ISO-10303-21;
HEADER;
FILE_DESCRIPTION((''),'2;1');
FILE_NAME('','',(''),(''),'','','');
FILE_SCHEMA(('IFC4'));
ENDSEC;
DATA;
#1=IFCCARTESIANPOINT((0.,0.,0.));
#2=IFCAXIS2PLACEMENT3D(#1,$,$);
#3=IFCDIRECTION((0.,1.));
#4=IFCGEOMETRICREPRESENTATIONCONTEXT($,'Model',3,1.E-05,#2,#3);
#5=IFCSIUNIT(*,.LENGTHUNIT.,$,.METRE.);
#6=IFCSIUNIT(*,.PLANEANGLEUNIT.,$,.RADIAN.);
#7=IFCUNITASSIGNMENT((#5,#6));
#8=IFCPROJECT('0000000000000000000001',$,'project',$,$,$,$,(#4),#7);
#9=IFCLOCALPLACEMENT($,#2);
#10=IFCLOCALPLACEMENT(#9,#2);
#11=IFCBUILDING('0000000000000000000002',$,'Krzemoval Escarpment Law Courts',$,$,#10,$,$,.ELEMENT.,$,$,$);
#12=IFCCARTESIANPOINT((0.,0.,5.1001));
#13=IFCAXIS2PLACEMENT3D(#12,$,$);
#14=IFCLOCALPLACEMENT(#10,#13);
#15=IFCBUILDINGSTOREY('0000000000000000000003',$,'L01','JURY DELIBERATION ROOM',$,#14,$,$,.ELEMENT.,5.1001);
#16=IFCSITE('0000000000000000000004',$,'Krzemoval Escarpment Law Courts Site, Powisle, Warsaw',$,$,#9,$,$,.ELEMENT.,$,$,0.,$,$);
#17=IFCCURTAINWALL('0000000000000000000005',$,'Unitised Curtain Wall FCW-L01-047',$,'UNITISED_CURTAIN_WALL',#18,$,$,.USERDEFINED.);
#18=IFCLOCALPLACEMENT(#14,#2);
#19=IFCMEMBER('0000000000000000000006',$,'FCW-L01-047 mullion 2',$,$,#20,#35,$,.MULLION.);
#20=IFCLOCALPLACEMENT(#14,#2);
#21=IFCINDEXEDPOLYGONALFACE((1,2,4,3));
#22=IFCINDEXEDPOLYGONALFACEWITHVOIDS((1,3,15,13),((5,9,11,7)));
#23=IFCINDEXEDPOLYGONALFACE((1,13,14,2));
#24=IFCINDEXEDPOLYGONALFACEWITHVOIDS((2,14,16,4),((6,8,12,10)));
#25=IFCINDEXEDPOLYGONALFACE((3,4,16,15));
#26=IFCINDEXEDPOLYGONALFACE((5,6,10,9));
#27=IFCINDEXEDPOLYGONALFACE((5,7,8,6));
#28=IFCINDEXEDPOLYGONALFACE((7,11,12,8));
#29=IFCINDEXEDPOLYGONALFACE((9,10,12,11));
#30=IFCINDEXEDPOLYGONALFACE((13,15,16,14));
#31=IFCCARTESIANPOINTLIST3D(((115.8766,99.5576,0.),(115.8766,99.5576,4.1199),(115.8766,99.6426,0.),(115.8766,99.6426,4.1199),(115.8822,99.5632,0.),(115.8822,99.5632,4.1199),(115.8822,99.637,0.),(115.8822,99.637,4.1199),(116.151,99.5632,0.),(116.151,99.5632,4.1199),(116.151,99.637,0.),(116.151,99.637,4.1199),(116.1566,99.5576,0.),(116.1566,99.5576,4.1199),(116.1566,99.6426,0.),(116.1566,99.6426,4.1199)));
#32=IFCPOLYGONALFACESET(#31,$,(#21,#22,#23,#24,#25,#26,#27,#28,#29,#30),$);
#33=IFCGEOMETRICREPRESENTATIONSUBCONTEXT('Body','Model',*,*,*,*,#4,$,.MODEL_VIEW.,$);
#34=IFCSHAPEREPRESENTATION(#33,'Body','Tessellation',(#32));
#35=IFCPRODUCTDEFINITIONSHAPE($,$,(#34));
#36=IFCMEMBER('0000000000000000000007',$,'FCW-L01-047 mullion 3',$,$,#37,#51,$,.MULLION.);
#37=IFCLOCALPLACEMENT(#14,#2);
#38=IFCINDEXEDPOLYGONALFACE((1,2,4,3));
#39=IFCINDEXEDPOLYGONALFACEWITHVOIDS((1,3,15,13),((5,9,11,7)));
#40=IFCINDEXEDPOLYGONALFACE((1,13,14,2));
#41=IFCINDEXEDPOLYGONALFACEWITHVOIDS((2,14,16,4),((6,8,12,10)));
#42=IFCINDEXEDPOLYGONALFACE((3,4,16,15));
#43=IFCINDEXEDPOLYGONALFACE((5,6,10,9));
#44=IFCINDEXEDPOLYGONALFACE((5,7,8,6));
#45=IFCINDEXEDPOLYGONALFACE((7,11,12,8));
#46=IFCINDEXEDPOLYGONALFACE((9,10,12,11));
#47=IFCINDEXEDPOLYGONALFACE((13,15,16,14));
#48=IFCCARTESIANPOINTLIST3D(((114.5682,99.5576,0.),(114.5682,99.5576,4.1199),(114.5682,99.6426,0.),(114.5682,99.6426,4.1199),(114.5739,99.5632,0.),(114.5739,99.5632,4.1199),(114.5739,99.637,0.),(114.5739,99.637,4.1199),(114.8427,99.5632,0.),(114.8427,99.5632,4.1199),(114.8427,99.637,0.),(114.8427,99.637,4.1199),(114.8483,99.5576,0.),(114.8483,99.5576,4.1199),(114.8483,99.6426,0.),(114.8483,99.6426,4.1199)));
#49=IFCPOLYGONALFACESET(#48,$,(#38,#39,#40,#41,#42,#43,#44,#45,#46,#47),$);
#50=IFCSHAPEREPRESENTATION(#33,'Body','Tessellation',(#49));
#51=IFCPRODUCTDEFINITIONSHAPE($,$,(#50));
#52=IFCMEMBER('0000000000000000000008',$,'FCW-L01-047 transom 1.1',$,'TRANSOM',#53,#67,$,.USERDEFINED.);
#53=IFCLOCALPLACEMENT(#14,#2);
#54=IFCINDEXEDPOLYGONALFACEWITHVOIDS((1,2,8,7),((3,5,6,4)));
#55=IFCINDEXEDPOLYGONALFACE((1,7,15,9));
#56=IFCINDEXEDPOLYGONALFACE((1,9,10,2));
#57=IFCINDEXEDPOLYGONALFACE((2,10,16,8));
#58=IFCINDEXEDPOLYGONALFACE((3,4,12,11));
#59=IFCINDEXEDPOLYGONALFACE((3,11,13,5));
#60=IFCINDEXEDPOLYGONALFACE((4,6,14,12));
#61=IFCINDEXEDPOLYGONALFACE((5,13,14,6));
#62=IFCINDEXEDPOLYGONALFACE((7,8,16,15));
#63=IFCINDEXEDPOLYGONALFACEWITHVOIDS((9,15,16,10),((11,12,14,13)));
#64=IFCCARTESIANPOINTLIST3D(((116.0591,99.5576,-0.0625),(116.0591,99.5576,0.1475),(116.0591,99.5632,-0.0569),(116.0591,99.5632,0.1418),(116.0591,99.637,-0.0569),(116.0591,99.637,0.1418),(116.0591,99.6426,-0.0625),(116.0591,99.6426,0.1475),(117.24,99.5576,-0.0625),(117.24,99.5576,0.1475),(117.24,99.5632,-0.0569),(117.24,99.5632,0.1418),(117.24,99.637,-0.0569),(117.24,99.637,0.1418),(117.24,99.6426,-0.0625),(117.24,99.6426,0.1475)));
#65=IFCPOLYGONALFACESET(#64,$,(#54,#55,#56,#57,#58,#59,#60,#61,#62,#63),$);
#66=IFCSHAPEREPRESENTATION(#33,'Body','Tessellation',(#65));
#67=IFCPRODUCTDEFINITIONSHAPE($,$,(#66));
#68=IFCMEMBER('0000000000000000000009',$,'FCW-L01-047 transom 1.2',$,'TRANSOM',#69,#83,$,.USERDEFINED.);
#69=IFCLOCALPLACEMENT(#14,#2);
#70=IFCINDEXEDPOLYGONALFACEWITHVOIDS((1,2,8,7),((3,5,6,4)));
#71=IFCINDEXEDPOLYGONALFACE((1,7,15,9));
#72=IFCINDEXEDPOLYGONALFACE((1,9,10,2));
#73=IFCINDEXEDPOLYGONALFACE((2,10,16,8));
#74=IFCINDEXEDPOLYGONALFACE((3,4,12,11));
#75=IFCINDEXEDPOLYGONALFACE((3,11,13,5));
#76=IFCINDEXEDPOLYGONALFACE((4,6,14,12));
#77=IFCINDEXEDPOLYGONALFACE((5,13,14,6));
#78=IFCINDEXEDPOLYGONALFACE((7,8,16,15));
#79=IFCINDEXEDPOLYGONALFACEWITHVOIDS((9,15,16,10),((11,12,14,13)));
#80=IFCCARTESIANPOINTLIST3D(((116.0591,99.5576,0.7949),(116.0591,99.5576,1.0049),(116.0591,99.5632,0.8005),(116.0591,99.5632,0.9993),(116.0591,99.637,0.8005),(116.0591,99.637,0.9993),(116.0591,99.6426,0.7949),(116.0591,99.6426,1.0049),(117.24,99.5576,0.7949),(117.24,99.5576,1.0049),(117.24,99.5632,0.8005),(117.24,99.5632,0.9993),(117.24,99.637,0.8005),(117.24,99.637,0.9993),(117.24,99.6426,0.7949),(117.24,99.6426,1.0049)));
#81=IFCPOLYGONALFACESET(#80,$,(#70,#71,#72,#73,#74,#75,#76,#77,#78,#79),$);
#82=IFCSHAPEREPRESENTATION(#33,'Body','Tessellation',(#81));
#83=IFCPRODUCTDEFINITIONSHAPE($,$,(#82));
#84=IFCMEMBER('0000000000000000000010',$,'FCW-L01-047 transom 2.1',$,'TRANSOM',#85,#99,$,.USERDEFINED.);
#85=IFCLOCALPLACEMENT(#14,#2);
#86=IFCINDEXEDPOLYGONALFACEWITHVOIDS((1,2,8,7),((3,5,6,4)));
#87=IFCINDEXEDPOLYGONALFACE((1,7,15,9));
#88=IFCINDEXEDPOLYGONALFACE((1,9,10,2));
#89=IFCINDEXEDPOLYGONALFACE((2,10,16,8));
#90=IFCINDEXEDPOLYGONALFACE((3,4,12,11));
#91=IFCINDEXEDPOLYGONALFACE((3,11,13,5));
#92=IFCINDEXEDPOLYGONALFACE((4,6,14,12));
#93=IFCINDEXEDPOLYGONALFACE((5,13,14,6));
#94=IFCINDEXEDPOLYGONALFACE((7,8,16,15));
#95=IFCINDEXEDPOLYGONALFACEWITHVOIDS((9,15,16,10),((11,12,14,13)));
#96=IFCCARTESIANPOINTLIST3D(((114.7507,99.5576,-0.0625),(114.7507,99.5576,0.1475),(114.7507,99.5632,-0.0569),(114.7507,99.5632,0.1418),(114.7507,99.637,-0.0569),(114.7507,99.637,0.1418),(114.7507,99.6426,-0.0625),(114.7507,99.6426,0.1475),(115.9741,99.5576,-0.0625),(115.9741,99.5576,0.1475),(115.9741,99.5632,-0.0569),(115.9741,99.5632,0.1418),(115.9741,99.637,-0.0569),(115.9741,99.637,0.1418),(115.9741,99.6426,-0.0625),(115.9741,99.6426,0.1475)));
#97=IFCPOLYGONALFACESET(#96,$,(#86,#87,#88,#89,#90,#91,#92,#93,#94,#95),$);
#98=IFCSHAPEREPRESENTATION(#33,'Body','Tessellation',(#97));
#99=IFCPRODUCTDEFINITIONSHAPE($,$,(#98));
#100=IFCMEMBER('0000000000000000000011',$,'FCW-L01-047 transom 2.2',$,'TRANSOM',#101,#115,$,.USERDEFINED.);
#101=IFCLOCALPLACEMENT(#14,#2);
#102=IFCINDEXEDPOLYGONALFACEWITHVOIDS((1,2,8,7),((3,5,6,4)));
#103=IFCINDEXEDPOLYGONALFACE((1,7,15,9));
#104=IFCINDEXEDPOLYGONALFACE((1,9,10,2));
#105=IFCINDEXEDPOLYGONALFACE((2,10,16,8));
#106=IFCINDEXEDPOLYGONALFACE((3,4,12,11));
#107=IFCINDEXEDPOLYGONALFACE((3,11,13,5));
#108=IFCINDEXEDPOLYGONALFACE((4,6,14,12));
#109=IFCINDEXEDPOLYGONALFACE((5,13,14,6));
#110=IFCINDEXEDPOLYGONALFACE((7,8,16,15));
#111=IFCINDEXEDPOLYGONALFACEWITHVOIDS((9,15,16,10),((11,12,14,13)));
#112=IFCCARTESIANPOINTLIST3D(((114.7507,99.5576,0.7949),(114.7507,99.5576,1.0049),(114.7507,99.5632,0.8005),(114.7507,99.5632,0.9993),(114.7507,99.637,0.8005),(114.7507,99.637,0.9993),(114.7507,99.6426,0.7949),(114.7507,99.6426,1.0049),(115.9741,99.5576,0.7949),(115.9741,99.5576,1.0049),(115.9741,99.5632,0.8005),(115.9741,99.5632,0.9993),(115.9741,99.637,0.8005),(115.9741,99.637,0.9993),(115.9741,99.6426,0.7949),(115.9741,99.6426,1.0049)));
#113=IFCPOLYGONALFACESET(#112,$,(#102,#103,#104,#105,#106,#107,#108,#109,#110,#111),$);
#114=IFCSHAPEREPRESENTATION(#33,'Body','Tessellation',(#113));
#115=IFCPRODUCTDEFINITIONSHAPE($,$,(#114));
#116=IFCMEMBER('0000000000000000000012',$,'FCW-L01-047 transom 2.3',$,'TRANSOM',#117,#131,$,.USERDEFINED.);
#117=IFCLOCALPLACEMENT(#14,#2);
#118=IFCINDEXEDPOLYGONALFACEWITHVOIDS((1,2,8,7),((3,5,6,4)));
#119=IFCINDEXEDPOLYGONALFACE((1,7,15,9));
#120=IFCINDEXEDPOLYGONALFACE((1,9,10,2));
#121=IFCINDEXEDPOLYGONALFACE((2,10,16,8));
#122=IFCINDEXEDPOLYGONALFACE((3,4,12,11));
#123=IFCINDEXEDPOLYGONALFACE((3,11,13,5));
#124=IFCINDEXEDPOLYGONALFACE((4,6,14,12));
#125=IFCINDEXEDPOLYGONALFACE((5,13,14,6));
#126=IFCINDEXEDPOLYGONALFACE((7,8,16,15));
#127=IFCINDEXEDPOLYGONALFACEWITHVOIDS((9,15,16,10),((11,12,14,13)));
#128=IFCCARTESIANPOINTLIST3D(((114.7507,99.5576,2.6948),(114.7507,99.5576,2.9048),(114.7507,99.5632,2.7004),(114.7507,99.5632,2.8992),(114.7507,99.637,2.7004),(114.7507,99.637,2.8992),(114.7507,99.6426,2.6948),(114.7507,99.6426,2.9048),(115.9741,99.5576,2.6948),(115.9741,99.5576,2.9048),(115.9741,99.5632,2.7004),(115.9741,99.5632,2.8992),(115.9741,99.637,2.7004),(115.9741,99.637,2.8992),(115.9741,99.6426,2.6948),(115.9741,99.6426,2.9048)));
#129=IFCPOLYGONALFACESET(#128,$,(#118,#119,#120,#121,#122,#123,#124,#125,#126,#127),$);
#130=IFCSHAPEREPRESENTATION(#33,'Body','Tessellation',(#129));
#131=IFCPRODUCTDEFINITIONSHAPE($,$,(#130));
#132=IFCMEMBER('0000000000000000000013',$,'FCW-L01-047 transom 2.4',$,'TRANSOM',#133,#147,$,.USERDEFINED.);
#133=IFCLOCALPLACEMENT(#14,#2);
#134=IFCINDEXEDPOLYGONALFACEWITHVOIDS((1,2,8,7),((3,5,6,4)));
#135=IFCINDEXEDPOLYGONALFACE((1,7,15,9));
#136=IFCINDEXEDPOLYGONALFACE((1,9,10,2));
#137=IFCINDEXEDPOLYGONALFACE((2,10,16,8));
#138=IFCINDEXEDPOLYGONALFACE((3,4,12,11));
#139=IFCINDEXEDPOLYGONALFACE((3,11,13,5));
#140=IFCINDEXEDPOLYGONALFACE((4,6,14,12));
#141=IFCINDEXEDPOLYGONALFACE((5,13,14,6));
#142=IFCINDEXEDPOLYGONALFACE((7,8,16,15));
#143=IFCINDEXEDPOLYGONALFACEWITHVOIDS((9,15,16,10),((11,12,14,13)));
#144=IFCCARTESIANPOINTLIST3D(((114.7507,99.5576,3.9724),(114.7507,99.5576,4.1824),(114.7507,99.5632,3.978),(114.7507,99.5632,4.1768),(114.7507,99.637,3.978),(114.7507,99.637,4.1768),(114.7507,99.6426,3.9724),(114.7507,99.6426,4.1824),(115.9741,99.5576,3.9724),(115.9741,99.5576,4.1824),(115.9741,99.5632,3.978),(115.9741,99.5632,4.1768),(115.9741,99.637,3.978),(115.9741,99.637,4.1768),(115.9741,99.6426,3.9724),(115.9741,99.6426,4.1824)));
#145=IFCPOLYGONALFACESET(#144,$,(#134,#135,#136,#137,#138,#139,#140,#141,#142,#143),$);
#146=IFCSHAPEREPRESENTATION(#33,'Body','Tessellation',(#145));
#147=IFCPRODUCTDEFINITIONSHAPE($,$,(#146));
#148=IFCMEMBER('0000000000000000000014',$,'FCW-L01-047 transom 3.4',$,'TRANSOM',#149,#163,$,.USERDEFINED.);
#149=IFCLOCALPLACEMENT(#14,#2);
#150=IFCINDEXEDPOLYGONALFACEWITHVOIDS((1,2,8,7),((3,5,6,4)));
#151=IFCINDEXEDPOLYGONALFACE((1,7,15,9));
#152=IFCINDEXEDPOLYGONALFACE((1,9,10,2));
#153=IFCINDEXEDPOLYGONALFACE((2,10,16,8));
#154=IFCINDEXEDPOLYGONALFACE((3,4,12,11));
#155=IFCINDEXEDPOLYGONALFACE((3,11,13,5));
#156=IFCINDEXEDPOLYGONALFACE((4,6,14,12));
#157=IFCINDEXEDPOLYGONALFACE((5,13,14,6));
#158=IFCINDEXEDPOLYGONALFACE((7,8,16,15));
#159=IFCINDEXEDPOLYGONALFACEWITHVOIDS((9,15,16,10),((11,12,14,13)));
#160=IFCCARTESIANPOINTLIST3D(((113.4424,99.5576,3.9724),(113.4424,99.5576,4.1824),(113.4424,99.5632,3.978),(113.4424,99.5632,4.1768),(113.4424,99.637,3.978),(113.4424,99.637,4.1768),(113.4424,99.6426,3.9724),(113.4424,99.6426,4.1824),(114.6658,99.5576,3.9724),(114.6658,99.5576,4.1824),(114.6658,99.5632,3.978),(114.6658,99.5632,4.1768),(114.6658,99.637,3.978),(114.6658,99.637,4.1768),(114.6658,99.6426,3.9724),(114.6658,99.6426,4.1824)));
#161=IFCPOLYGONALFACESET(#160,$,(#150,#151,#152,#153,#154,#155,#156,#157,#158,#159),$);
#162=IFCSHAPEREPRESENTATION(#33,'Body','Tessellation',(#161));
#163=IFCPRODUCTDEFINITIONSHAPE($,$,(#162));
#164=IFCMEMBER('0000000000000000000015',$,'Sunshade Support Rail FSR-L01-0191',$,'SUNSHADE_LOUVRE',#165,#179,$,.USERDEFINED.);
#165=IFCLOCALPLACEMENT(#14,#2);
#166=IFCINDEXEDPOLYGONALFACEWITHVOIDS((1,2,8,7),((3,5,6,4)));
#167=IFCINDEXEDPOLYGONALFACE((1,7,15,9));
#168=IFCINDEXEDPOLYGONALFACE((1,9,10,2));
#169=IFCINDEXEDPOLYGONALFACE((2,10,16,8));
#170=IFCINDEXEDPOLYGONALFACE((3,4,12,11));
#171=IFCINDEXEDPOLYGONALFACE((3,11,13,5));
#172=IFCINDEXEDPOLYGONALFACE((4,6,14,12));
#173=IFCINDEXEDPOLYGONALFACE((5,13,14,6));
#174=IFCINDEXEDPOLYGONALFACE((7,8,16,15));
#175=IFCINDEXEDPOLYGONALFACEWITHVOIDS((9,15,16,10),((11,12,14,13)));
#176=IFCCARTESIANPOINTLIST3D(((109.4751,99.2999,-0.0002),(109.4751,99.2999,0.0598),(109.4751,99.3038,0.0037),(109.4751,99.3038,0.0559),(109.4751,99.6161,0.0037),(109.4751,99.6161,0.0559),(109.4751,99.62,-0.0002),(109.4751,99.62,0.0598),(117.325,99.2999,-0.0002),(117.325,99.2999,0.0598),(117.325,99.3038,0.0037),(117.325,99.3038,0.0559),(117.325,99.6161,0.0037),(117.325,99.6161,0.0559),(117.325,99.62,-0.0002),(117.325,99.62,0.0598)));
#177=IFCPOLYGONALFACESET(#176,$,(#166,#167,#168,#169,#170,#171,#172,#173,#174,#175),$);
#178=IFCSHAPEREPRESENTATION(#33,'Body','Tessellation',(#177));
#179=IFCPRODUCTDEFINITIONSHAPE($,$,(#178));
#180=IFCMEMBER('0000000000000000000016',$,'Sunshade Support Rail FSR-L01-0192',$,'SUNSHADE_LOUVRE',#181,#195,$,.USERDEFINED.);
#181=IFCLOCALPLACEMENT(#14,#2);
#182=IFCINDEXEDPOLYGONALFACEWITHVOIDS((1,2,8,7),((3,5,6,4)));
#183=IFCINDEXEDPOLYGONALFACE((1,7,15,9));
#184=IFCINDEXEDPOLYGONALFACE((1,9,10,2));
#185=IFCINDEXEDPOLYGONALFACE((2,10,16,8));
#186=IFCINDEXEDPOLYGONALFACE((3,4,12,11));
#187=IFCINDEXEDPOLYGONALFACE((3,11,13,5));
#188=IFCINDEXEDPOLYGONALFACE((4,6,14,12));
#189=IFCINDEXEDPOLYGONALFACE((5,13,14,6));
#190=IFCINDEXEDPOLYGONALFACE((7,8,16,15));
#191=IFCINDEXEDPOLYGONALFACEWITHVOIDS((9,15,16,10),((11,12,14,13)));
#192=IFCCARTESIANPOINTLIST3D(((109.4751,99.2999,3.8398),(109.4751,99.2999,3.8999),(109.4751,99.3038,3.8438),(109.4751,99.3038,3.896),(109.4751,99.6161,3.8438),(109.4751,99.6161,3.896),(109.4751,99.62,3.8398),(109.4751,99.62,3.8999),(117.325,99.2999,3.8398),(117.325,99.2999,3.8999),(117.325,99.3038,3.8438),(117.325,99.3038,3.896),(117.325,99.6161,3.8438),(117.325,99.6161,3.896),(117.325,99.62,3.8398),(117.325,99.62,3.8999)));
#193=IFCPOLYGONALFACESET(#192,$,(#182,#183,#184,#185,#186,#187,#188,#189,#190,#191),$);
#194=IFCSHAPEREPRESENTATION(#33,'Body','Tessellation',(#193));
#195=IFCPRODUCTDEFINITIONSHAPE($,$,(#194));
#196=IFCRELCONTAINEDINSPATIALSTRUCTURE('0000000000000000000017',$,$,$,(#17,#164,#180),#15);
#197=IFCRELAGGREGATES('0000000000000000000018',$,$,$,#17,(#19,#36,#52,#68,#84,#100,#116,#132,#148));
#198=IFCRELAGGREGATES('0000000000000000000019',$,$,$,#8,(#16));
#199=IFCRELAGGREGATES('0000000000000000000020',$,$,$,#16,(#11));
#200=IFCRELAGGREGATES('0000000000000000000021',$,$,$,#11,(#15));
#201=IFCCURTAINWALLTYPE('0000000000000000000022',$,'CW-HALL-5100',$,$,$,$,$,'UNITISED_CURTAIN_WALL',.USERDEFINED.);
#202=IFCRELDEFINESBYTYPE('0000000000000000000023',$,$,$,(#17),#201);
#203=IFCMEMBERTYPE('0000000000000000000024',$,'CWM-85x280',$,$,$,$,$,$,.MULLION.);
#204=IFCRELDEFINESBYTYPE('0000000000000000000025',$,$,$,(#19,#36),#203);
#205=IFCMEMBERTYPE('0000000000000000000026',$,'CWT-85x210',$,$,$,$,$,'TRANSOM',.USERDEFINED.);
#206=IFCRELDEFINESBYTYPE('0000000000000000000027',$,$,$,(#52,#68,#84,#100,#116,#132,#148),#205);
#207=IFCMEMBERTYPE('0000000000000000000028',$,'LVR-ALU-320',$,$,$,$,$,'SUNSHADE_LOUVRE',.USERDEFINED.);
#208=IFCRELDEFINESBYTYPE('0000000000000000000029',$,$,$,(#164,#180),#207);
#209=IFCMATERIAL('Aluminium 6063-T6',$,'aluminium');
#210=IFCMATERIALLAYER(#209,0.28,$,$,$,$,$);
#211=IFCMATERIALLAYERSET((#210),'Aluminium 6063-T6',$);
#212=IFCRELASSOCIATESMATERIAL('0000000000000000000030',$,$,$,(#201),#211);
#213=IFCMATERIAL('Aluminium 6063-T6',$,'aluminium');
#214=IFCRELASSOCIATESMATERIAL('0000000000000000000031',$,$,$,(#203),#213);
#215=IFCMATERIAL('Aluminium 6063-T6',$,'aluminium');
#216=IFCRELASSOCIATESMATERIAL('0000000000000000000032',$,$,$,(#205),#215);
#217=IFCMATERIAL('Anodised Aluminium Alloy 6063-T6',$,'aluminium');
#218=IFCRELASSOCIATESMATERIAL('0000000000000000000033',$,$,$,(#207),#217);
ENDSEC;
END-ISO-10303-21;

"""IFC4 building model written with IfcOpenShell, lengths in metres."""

from ifc_helpers import new_model, si_unit, direction, frame, origin, origin_2d, place, context, subcontext, project, spatial, hollow_rectangle, extrude, material, layer, layer_set, material_profile, profile_set, type_object, element, aggregate, save


model = new_model("IFC4")

# Units and contexts
model_context = context("Model", 3, precision=1e-05, world=origin(), true_north=direction((0.0, 1.0)))
body_context = subcontext(model_context, "Body", "Model", "MODEL_VIEW")
ifc_project = project(units=[si_unit("LENGTHUNIT", "METRE"), si_unit("PLANEANGLEUNIT", "RADIAN")], contexts=[model_context])

# Site, building, storey
site_placement = place(None, origin())
site = spatial("IfcSite", under=ifc_project, at=site_placement, Name="Krzemoval Escarpment Law Courts Site, Powisle, Warsaw", CompositionType="ELEMENT", RefElevation=0.0)
building_placement = place(site_placement, origin())
building = spatial("IfcBuilding", under=site, at=building_placement, Name="Krzemoval Escarpment Law Courts", CompositionType="ELEMENT")
storey_placement = place(building_placement, frame((0.0, 0.0, 5.1001)))
storey = spatial("IfcBuildingStorey", under=building, at=storey_placement, Name="L01", Description="JURY DELIBERATION ROOM", CompositionType="ELEMENT", Elevation=5.1001)

# Curtain wall, members
ifc_material_1 = material(Name="Aluminium 6063-T6", Category="aluminium")
ifc_layer_1 = layer(ifc_material_1, 0.28)
ifc_layer_set_1 = layer_set([ifc_layer_1], Name="Aluminium 6063-T6")
curtain_wall_type = type_object("IfcCurtainWallType", Name="CW-HALL-5100", ElementType="UNITISED_CURTAIN_WALL", PredefinedType="USERDEFINED", material=ifc_layer_set_1)
curtain_wall_placement = place(storey_placement, origin())
curtain_wall = element("IfcCurtainWall", 1, at=curtain_wall_placement, inside=storey, type_object=curtain_wall_type, Name="Unitised Curtain Wall FCW-L01-047", ObjectType="UNITISED_CURTAIN_WALL", PredefinedType="USERDEFINED")
ifc_material_2 = material(Name="Aluminium 6063-T6", Category="aluminium")
ifc_material_profile_1 = material_profile(ifc_material_2, hollow_rectangle(XDim=0.085, YDim=0.28, WallThickness=0.0056, at=origin_2d()), Name="ALU M85x280")
ifc_profile_set_1 = profile_set([ifc_material_profile_1], Name="Aluminium 6063-T6")
member_type_1 = type_object("IfcMemberType", Name="CWM-85x280", PredefinedType="MULLION", material=ifc_profile_set_1)
member_1_placement = place(storey_placement, frame((116.0166, 99.6001, 0.0), z_axis=(0.0, 0.0, 1.0), x_axis=(0.0, -1.0, 0.0)))
member_1 = element("IfcMember", 2, at=member_1_placement, type_object=member_type_1, Name="FCW-L01-047 mullion 2", PredefinedType="MULLION", context=body_context, shape_type="SweptSolid", body=[
    extrude(hollow_rectangle(XDim=0.085, YDim=0.28, WallThickness=0.0056, at=origin_2d()), origin(), (0.0, 0.0, 1.0), 4.1199),
])
member_2_placement = place(storey_placement, frame((114.7083, 99.6001, 0.0), z_axis=(0.0, 0.0, 1.0), x_axis=(0.0, -1.0, 0.0)))
member_2 = element("IfcMember", 3, at=member_2_placement, type_object=member_type_1, Name="FCW-L01-047 mullion 3", PredefinedType="MULLION", context=body_context, shape_type="SweptSolid", body=[
    extrude(hollow_rectangle(XDim=0.085, YDim=0.28, WallThickness=0.0056, at=origin_2d()), origin(), (0.0, 0.0, 1.0), 4.1199),
])
ifc_material_3 = material(Name="Aluminium 6063-T6", Category="aluminium")
ifc_material_profile_2 = material_profile(ifc_material_3, hollow_rectangle(XDim=0.085, YDim=0.21, WallThickness=0.0056, at=origin_2d()), Name="ALU T85x210")
ifc_profile_set_2 = profile_set([ifc_material_profile_2], Name="Aluminium 6063-T6")
member_type_2 = type_object("IfcMemberType", Name="CWT-85x210", ElementType="TRANSOM", PredefinedType="USERDEFINED", material=ifc_profile_set_2)
member_3_placement = place(storey_placement, frame((117.24, 99.6001, 0.0425), z_axis=(-1.0, 0.0, 0.0), x_axis=(0.0, -1.0, 0.0)))
member_3 = element("IfcMember", 4, at=member_3_placement, type_object=member_type_2, Name="FCW-L01-047 transom 1.1", ObjectType="TRANSOM", PredefinedType="USERDEFINED", context=body_context, shape_type="SweptSolid", body=[
    extrude(hollow_rectangle(XDim=0.085, YDim=0.21, WallThickness=0.0056, at=origin_2d()), origin(), (0.0, 0.0, 1.0), 1.1809),
])
member_4_placement = place(storey_placement, frame((117.24, 99.6001, 0.8999), z_axis=(-1.0, 0.0, 0.0), x_axis=(0.0, -1.0, 0.0)))
member_4 = element("IfcMember", 5, at=member_4_placement, type_object=member_type_2, Name="FCW-L01-047 transom 1.2", ObjectType="TRANSOM", PredefinedType="USERDEFINED", context=body_context, shape_type="SweptSolid", body=[
    extrude(hollow_rectangle(XDim=0.085, YDim=0.21, WallThickness=0.0056, at=origin_2d()), origin(), (0.0, 0.0, 1.0), 1.1809),
])
member_5_placement = place(storey_placement, frame((115.9741, 99.6001, 0.0425), z_axis=(-1.0, 0.0, 0.0), x_axis=(0.0, -1.0, 0.0)))
member_5 = element("IfcMember", 6, at=member_5_placement, type_object=member_type_2, Name="FCW-L01-047 transom 2.1", ObjectType="TRANSOM", PredefinedType="USERDEFINED", context=body_context, shape_type="SweptSolid", body=[
    extrude(hollow_rectangle(XDim=0.085, YDim=0.21, WallThickness=0.0056, at=origin_2d()), origin(), (0.0, 0.0, 1.0), 1.2234),
])
member_6_placement = place(storey_placement, frame((115.9741, 99.6001, 0.8999), z_axis=(-1.0, 0.0, 0.0), x_axis=(0.0, -1.0, 0.0)))
member_6 = element("IfcMember", 7, at=member_6_placement, type_object=member_type_2, Name="FCW-L01-047 transom 2.2", ObjectType="TRANSOM", PredefinedType="USERDEFINED", context=body_context, shape_type="SweptSolid", body=[
    extrude(hollow_rectangle(XDim=0.085, YDim=0.21, WallThickness=0.0056, at=origin_2d()), origin(), (0.0, 0.0, 1.0), 1.2234),
])
member_7_placement = place(storey_placement, frame((115.9741, 99.6001, 2.7998), z_axis=(-1.0, 0.0, 0.0), x_axis=(0.0, -1.0, 0.0)))
member_7 = element("IfcMember", 8, at=member_7_placement, type_object=member_type_2, Name="FCW-L01-047 transom 2.3", ObjectType="TRANSOM", PredefinedType="USERDEFINED", context=body_context, shape_type="SweptSolid", body=[
    extrude(hollow_rectangle(XDim=0.085, YDim=0.21, WallThickness=0.0056, at=origin_2d()), origin(), (0.0, 0.0, 1.0), 1.2234),
])
member_8_placement = place(storey_placement, frame((115.9741, 99.6001, 4.0774), z_axis=(-1.0, 0.0, 0.0), x_axis=(0.0, -1.0, 0.0)))
member_8 = element("IfcMember", 9, at=member_8_placement, type_object=member_type_2, Name="FCW-L01-047 transom 2.4", ObjectType="TRANSOM", PredefinedType="USERDEFINED", context=body_context, shape_type="SweptSolid", body=[
    extrude(hollow_rectangle(XDim=0.085, YDim=0.21, WallThickness=0.0056, at=origin_2d()), origin(), (0.0, 0.0, 1.0), 1.2234),
])
member_9_placement = place(storey_placement, frame((114.6658, 99.6001, 4.0774), z_axis=(-1.0, 0.0, 0.0), x_axis=(0.0, -1.0, 0.0)))
member_9 = element("IfcMember", 10, at=member_9_placement, type_object=member_type_2, Name="FCW-L01-047 transom 3.4", ObjectType="TRANSOM", PredefinedType="USERDEFINED", context=body_context, shape_type="SweptSolid", body=[
    extrude(hollow_rectangle(XDim=0.085, YDim=0.21, WallThickness=0.0056, at=origin_2d()), origin(), (0.0, 0.0, 1.0), 1.2234),
])

# Members
ifc_material_4 = material(Name="Anodised Aluminium Alloy 6063-T6", Category="aluminium")
ifc_material_profile_3 = material_profile(ifc_material_4, hollow_rectangle(XDim=0.0601, YDim=0.3201, WallThickness=0.0039, at=origin_2d()), Name="ALU LVR 60x320")
ifc_profile_set_3 = profile_set([ifc_material_profile_3], Name="Anodised Aluminium Alloy 6063-T6")
member_type_3 = type_object("IfcMemberType", Name="LVR-ALU-320", ElementType="SUNSHADE_LOUVRE", PredefinedType="USERDEFINED", material=ifc_profile_set_3)
for number, where, z_axis, x_axis, name in (
    (11, (117.325, 99.46, 0.0298), (-1.0, 0.0, 0.0), (0.0, 0.0, 1.0), "Sunshade Support Rail FSR-L01-0191"),
    (12, (117.325, 99.46, 3.8699), (-1.0, 0.0, 0.0), (0.0, 0.0, 1.0), "Sunshade Support Rail FSR-L01-0192"),
):
    element("IfcMember", number, at=place(storey_placement, frame(where, z_axis=z_axis, x_axis=x_axis)), inside=storey, type_object=member_type_3, Name=name, ObjectType="SUNSHADE_LOUVRE", PredefinedType="USERDEFINED", context=body_context, shape_type="SweptSolid", body=[
        extrude(hollow_rectangle(XDim=0.0601, YDim=0.3201, WallThickness=0.0039, at=origin_2d()), origin(), (0.0, 0.0, 1.0), 7.8499),
    ])

aggregate(curtain_wall, [member_1, member_2, member_3, member_4, member_5, member_6, member_7, member_8, member_9])

save(model, "model.ifc")
